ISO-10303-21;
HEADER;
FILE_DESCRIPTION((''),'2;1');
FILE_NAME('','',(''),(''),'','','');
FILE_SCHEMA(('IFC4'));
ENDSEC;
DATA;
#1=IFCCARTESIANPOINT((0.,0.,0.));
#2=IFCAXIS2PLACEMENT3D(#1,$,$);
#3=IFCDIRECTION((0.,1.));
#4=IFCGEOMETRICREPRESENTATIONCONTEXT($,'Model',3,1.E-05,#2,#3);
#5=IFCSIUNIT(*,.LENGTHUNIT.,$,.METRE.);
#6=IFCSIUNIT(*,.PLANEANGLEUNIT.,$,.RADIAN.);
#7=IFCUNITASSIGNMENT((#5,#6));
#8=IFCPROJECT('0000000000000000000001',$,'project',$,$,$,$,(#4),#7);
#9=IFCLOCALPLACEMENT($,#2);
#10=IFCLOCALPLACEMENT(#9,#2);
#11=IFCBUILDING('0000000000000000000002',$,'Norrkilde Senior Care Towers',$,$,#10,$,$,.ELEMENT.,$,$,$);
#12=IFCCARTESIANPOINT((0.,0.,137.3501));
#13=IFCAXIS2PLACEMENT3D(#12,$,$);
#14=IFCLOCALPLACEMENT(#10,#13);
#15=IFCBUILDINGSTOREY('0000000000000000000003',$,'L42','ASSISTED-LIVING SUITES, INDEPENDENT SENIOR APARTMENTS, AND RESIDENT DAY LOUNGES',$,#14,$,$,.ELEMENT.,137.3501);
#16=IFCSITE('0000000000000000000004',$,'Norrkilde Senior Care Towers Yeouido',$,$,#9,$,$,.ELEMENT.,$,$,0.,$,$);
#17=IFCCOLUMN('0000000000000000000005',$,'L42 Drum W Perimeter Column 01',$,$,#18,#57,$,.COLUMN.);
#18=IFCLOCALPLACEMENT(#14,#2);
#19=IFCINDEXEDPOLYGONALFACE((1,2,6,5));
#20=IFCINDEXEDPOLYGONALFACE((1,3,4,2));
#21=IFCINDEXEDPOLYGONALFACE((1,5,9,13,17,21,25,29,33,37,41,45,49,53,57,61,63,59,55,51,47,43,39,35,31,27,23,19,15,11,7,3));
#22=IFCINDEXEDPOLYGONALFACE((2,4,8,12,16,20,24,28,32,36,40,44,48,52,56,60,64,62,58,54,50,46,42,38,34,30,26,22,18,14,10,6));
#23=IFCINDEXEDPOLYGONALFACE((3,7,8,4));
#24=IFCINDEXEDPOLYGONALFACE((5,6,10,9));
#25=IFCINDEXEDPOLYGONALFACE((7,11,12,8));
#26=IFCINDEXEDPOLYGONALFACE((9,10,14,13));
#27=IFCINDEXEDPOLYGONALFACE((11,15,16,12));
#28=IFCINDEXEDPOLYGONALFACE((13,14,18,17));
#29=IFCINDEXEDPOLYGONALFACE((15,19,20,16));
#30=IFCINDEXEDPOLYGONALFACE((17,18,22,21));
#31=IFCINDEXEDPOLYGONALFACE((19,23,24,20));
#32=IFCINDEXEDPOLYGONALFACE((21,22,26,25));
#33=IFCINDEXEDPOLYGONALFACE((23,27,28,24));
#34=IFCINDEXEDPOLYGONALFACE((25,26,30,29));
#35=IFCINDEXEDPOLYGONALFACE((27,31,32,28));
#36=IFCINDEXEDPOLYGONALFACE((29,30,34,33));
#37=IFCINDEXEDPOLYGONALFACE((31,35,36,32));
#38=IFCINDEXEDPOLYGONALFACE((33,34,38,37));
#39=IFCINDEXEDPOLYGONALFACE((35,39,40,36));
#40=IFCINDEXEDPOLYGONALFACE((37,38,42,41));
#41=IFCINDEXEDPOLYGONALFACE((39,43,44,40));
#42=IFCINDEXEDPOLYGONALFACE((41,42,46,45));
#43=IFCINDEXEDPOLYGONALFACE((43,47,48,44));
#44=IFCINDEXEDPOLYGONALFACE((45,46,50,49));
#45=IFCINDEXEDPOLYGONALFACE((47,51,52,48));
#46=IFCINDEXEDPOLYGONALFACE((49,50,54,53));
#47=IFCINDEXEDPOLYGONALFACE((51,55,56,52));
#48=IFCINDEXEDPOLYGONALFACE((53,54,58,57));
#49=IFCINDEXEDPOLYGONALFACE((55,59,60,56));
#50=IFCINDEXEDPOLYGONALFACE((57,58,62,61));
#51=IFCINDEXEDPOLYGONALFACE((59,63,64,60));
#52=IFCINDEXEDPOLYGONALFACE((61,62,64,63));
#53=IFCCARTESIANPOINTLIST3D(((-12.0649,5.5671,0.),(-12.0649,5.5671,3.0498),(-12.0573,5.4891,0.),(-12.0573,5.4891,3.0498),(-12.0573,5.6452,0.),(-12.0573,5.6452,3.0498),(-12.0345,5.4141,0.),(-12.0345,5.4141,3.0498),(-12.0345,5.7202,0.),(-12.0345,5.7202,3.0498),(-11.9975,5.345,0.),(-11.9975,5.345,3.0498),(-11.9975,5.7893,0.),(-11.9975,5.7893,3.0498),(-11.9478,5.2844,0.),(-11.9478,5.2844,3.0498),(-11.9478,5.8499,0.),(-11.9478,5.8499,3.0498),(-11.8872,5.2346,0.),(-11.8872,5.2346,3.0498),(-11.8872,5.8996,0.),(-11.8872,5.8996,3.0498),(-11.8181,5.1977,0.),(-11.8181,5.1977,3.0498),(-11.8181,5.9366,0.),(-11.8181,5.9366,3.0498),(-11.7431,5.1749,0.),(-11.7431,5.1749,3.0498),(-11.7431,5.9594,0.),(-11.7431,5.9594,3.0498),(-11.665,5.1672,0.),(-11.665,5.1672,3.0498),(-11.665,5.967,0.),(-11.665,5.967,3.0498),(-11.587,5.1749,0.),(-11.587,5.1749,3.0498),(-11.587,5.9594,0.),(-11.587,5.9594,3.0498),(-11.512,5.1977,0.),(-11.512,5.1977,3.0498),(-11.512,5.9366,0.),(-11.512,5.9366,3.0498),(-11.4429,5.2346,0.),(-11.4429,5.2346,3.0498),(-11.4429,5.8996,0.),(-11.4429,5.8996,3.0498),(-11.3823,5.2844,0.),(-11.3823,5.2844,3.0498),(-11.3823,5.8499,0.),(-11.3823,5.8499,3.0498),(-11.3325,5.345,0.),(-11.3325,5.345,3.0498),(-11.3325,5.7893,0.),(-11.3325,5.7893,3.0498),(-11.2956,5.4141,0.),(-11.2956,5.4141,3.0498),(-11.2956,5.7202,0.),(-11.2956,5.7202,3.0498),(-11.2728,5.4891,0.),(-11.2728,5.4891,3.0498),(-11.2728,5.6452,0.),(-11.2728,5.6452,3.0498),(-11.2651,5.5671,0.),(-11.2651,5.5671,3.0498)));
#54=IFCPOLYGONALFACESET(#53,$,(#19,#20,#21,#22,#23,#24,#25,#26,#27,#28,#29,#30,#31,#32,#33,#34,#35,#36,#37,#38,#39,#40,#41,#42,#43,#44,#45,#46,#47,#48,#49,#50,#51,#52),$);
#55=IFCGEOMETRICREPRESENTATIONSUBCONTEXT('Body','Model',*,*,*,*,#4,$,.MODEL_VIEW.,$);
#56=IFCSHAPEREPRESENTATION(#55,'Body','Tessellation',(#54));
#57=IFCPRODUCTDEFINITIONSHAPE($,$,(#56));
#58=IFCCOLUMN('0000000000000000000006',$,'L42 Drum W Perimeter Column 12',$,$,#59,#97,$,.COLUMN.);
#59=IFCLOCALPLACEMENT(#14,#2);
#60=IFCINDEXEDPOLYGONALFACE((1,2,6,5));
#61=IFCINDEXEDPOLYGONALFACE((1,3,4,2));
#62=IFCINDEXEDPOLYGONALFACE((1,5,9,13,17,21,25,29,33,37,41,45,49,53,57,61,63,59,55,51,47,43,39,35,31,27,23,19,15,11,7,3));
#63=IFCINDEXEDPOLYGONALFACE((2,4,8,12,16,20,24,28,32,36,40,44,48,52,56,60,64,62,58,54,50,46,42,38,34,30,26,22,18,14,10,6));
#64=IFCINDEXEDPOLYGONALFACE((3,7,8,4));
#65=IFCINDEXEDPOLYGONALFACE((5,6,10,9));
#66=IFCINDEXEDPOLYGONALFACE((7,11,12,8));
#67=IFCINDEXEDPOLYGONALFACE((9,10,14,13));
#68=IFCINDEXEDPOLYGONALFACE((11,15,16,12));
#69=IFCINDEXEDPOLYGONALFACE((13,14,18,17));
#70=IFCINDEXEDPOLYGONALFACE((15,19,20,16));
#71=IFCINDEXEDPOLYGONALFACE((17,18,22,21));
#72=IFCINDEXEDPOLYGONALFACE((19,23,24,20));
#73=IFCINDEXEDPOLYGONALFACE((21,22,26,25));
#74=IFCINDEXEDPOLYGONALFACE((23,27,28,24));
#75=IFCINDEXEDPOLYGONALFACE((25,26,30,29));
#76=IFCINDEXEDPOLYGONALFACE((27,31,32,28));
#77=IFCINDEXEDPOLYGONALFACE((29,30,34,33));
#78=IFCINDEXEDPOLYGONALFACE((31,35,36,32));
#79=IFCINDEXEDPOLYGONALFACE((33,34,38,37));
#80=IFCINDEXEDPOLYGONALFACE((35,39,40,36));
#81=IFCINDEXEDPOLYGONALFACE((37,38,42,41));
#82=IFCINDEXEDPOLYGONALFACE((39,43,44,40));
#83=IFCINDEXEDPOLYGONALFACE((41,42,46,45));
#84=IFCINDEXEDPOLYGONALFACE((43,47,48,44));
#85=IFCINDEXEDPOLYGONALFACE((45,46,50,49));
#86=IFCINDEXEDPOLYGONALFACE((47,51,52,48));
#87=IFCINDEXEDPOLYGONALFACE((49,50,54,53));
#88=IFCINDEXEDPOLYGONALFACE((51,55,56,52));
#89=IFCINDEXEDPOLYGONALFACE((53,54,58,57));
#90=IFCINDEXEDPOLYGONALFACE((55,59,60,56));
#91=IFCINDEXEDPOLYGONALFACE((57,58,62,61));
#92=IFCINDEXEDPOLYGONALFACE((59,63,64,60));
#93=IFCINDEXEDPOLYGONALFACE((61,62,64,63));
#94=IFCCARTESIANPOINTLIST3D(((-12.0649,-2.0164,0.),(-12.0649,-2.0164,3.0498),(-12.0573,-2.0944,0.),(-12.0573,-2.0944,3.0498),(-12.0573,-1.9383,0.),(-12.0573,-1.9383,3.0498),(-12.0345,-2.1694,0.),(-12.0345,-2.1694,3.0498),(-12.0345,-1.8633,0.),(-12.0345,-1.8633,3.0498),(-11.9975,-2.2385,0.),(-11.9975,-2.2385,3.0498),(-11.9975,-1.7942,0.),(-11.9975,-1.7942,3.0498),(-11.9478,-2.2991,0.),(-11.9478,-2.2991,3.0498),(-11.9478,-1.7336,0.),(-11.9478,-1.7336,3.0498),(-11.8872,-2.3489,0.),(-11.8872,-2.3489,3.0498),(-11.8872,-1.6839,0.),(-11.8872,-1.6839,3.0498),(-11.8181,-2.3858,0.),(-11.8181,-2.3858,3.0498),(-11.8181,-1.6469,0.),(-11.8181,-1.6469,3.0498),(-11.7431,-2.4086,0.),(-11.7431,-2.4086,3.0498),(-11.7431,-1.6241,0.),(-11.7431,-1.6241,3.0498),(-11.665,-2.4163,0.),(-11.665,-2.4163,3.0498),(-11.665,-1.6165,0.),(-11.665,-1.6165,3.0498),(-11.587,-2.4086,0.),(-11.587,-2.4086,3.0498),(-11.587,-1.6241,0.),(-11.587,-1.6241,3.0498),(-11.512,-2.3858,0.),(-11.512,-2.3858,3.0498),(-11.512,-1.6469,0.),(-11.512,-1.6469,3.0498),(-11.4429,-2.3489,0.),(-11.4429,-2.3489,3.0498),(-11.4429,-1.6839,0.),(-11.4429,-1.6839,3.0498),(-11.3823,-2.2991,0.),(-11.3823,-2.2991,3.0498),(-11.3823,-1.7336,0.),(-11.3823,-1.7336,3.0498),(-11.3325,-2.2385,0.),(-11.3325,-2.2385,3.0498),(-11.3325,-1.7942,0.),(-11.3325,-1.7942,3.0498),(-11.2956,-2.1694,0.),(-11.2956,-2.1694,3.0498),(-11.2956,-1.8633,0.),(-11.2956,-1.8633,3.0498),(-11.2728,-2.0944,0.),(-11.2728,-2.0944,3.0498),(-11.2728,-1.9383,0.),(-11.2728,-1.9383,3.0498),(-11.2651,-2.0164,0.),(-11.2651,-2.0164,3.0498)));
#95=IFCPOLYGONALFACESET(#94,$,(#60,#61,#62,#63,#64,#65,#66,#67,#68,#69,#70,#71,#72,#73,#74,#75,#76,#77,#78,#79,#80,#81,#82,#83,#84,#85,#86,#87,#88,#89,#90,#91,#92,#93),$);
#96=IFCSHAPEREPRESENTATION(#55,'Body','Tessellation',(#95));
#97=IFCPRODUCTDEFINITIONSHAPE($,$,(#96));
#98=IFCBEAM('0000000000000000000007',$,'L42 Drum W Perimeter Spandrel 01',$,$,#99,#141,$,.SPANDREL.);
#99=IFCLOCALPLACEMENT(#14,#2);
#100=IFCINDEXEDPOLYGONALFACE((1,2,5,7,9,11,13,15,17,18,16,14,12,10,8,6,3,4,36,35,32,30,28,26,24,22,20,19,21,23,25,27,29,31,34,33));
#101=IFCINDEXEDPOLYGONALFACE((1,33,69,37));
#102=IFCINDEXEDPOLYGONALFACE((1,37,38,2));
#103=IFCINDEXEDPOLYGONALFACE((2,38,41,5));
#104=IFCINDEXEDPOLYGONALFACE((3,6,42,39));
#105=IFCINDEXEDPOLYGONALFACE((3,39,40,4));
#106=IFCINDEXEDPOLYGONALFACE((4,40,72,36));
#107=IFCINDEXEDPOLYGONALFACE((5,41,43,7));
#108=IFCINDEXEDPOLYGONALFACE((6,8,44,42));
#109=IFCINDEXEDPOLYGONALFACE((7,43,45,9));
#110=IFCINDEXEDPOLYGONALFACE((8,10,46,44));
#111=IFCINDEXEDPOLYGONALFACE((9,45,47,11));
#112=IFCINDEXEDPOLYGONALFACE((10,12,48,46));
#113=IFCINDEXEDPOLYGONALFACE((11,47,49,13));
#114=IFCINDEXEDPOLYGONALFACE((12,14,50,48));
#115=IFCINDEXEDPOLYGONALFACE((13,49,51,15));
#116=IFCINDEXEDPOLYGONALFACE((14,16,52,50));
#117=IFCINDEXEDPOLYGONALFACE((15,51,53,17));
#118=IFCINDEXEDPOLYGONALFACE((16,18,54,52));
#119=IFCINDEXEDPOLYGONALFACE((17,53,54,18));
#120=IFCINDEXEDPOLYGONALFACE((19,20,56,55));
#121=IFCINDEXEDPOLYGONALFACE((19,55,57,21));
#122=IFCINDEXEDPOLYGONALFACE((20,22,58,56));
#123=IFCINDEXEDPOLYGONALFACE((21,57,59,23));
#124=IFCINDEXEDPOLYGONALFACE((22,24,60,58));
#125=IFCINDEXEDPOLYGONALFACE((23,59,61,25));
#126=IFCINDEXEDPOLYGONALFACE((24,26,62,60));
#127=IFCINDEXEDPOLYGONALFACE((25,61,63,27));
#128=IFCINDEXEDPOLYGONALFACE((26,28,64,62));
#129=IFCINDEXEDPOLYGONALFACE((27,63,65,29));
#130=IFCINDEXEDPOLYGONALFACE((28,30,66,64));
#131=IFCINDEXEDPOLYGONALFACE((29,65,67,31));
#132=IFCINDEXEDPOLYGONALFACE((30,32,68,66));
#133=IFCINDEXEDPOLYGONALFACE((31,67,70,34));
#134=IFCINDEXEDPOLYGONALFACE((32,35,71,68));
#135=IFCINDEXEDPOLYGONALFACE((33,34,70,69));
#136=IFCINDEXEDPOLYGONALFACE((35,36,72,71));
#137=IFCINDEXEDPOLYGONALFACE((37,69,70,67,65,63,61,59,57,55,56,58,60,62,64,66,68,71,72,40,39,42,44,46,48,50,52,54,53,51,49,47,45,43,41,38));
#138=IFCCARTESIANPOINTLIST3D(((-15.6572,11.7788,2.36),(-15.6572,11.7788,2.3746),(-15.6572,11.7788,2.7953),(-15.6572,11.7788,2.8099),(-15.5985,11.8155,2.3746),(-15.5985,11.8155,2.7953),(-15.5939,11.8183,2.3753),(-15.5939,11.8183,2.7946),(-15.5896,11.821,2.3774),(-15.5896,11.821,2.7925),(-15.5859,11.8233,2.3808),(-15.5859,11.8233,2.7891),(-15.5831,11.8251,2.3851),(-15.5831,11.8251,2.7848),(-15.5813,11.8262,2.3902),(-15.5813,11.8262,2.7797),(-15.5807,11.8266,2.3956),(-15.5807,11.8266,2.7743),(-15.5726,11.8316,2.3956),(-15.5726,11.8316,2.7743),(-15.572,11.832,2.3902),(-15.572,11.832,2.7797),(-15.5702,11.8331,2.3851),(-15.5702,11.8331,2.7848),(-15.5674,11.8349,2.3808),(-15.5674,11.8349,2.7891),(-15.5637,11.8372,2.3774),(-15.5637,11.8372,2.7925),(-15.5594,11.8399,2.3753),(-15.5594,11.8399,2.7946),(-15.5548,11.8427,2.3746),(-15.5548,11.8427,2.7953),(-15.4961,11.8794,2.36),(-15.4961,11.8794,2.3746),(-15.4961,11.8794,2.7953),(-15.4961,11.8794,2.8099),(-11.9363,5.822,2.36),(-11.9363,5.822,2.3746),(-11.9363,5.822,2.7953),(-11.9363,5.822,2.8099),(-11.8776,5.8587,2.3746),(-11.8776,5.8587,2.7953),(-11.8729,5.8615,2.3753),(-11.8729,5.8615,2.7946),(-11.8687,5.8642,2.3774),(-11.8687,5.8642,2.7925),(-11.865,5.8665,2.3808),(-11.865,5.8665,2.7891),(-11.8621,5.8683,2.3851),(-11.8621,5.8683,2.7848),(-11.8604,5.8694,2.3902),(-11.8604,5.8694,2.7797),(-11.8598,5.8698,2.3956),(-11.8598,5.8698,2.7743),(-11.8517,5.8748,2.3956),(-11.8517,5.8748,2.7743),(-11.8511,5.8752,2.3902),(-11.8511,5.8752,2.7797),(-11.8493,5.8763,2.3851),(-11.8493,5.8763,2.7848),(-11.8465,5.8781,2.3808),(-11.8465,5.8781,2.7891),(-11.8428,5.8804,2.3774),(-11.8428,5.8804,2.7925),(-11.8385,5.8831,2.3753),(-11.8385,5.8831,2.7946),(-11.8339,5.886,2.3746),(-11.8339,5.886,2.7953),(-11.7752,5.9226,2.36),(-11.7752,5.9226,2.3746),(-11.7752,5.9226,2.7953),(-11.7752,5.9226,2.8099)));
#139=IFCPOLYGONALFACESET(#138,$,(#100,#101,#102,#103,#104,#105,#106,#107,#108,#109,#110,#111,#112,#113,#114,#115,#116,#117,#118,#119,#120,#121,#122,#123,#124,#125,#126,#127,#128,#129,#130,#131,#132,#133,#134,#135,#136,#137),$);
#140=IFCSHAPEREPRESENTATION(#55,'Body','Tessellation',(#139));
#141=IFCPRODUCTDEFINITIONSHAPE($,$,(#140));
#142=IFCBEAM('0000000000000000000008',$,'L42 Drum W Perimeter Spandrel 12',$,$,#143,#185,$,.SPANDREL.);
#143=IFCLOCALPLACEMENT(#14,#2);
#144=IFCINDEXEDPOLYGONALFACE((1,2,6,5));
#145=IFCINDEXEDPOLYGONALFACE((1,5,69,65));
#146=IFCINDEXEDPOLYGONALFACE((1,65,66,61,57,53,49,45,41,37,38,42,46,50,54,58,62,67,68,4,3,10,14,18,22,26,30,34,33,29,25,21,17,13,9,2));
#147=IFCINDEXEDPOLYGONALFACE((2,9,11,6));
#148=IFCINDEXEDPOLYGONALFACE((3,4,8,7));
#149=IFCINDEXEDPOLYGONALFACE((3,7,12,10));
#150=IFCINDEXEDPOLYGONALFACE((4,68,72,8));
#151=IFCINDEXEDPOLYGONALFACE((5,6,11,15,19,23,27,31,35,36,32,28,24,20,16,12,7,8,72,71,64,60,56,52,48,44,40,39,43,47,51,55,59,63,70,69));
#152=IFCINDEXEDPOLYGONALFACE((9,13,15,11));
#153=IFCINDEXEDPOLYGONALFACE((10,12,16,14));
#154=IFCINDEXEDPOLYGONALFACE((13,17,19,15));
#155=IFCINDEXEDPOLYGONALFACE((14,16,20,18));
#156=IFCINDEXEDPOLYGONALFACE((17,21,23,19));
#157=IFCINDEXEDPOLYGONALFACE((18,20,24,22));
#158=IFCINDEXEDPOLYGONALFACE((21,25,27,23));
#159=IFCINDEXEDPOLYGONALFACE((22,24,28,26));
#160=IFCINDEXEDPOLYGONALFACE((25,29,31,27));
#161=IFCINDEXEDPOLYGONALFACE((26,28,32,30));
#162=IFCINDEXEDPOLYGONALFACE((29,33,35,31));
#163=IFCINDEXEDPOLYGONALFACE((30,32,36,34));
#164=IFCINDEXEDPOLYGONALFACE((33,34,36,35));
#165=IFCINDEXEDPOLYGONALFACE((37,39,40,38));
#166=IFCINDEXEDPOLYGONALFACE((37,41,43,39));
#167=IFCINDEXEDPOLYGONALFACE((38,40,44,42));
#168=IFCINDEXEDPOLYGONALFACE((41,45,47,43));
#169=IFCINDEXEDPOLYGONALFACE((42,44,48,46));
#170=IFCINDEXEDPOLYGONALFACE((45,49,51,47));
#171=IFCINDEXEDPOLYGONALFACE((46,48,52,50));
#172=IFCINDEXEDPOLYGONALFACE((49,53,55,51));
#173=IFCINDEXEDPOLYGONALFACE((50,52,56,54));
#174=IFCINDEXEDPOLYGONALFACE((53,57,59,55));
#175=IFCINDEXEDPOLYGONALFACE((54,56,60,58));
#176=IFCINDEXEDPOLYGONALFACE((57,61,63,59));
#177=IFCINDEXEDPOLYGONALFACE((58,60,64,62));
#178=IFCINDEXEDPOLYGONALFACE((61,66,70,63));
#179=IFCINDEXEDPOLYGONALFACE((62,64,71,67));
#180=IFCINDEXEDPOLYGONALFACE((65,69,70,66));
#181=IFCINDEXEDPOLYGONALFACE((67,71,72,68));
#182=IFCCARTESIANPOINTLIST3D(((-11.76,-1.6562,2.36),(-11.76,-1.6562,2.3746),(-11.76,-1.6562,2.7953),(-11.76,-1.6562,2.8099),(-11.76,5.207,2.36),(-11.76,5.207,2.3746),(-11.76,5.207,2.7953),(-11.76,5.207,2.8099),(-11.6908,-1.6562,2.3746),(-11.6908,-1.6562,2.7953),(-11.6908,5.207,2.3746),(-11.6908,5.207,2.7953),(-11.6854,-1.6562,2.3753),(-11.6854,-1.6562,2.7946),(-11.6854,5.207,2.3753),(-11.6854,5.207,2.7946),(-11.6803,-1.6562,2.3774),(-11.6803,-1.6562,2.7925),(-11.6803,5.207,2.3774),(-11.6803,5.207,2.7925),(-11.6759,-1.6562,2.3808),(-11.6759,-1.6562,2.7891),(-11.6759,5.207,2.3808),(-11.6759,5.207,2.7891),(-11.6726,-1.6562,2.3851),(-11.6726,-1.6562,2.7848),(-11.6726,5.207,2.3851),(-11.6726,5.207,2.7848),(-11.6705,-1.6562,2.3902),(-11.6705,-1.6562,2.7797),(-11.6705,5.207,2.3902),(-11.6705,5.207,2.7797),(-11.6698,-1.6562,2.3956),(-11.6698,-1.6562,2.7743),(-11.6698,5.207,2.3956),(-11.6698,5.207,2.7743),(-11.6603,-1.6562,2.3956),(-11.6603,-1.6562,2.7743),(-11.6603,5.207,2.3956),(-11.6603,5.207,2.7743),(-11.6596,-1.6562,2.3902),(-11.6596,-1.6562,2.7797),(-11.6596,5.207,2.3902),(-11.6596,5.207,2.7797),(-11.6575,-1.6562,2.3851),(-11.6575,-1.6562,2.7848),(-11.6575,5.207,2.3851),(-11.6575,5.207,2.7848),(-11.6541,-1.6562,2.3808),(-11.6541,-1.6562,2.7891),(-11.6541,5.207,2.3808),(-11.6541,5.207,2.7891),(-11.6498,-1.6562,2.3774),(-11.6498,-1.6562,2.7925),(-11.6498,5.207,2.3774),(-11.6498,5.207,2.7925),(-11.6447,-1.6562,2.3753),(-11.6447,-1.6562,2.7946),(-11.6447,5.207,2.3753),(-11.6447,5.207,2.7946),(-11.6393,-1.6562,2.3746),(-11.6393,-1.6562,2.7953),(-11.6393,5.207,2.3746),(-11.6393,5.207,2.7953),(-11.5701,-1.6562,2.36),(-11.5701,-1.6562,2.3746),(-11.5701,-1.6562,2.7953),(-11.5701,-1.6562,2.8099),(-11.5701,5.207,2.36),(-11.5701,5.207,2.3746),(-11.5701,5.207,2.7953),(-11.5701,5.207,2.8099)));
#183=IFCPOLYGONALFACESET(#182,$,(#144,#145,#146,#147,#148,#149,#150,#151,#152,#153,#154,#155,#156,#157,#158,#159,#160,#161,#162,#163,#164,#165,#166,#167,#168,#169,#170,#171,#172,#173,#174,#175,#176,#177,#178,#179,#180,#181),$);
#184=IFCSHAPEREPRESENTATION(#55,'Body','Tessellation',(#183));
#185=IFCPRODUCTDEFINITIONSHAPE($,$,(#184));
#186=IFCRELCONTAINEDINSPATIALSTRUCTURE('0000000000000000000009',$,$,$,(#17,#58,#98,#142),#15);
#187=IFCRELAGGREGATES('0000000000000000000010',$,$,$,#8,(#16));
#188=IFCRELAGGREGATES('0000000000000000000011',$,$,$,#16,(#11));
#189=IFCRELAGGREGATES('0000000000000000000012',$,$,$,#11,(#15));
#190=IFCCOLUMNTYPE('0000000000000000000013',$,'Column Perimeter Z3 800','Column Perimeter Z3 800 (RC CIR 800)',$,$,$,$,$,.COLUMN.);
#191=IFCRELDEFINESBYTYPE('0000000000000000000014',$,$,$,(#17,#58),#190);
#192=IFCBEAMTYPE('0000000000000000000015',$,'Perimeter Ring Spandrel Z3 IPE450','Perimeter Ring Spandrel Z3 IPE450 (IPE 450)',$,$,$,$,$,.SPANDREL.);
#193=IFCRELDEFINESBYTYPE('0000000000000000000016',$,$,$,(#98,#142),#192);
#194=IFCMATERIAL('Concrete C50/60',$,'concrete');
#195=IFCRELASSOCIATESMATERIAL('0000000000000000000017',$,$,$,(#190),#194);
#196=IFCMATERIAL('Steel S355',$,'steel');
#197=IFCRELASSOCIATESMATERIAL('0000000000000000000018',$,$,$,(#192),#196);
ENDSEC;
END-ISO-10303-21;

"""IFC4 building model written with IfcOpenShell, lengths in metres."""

from ifc_helpers import new_model, si_unit, direction, frame, origin, origin_2d, place, context, subcontext, project, spatial, circle, i_section, extrude, source, transform, mapped, material, material_profile, profile_set, type_object, type_shapes, element, save


model = new_model("IFC4")

# Units and contexts
model_context = context("Model", 3, precision=1e-05, world=origin(), true_north=direction((0.0, 1.0)))
body_context = subcontext(model_context, "Body", "Model", "MODEL_VIEW")
ifc_project = project(units=[si_unit("LENGTHUNIT", "METRE"), si_unit("PLANEANGLEUNIT", "RADIAN")], contexts=[model_context])

# Site, building, storey
site_placement = place(None, origin())
site = spatial("IfcSite", under=ifc_project, at=site_placement, Name="Norrkilde Senior Care Towers Yeouido", CompositionType="ELEMENT", RefElevation=0.0)
building_placement = place(site_placement, origin())
building = spatial("IfcBuilding", under=site, at=building_placement, Name="Norrkilde Senior Care Towers", CompositionType="ELEMENT")
storey_placement = place(building_placement, frame((0.0, 0.0, 137.3501)))
storey = spatial("IfcBuildingStorey", under=building, at=storey_placement, Name="L42", Description="ASSISTED-LIVING SUITES, INDEPENDENT SENIOR APARTMENTS, AND RESIDENT DAY LOUNGES", CompositionType="ELEMENT", Elevation=137.3501)

# Columns
ifc_material_1 = material(Name="Concrete C50/60", Category="concrete")
ifc_material_profile_1 = material_profile(ifc_material_1, circle(Radius=0.3999, at=origin_2d()), Name="RC CIR 800")
ifc_profile_set_1 = profile_set([ifc_material_profile_1], Name="Concrete C50/60")
column_type = type_object("IfcColumnType", Name="Column Perimeter Z3 800", Description="Column Perimeter Z3 800 (RC CIR 800)", PredefinedType="COLUMN", material=ifc_profile_set_1)
shared_shape_1 = source(origin(), body_context, "Body", "SweptSolid", [
    extrude(circle(Radius=0.3999, at=origin_2d()), origin(), (0.0, 0.0, 1.0), 3.0498),
])
type_shapes(column_type, [shared_shape_1])
for number, where, z_axis, x_axis, name in (
    (1, (-11.665, 5.5671, 0.0), (0.0, 0.0, 1.0), (1.0, 0.0, 0.0), "L42 Drum W Perimeter Column 01"),
    (2, (-11.665, -2.0164, 0.0), (0.0, 0.0, 1.0), (1.0, 0.0, 0.0), "L42 Drum W Perimeter Column 12"),
):
    element("IfcColumn", number, at=place(storey_placement, frame(where, z_axis=z_axis, x_axis=x_axis)), inside=storey, type_object=column_type, Name=name, PredefinedType="COLUMN", context=body_context, shape_type="MappedRepresentation", body=[
        mapped(shared_shape_1, transform((0.0, 0.0, 0.0), x_axis=(1.0, 0.0, 0.0), y_axis=(0.0, 1.0, 0.0), z_axis=(0.0, 0.0, 1.0), scale=1.0)),
    ])

# Beams
ifc_material_2 = material(Name="Steel S355", Category="steel")
ifc_material_profile_2 = material_profile(ifc_material_2, i_section(OverallWidth=0.1899, OverallDepth=0.45, WebThickness=0.0095, FlangeThickness=0.0146, FilletRadius=0.021, at=origin_2d()), Name="IPE 450")
ifc_profile_set_2 = profile_set([ifc_material_profile_2], Name="Steel S355")
beam_type = type_object("IfcBeamType", Name="Perimeter Ring Spandrel Z3 IPE450", Description="Perimeter Ring Spandrel Z3 IPE450 (IPE 450)", PredefinedType="SPANDREL", material=ifc_profile_set_2)
shared_shape_2 = source(origin(), body_context, "Body", "SweptSolid", [
    extrude(i_section(OverallWidth=0.1899, OverallDepth=0.45, WebThickness=0.0095, FlangeThickness=0.0146, FilletRadius=0.021, at=origin_2d()), origin(), (0.0, 0.0, 1.0), 7.0234),
])
beam_1_placement = place(storey_placement, frame((-11.8557, 5.8723, 2.585), z_axis=(-0.52979, 0.848129, 0.0), x_axis=(-0.848129, -0.52979, 0.0)))
element("IfcBeam", 3, at=beam_1_placement, inside=storey, type_object=beam_type, Name="L42 Drum W Perimeter Spandrel 01", PredefinedType="SPANDREL", context=body_context, shape_type="MappedRepresentation", body=[
    mapped(shared_shape_2, transform((0.0, 0.0, 0.0), x_axis=(1.0, 0.0, 0.0), y_axis=(0.0, 1.0, 0.0), z_axis=(0.0, 0.0, 1.0), scale=1.0)),
])
shared_shape_3 = source(origin(), body_context, "Body", "SweptSolid", [
    extrude(i_section(OverallWidth=0.1899, OverallDepth=0.45, WebThickness=0.0095, FlangeThickness=0.0146, FilletRadius=0.021, at=origin_2d()), origin(), (0.0, 0.0, 1.0), 6.8633),
])
type_shapes(beam_type, [shared_shape_2, shared_shape_3])
beam_2_placement = place(storey_placement, frame((-11.665, -1.6562, 2.585), z_axis=(0.0, 1.0, 0.0), x_axis=(-1.0, 0.0, 0.0)))
element("IfcBeam", 4, at=beam_2_placement, inside=storey, type_object=beam_type, Name="L42 Drum W Perimeter Spandrel 12", PredefinedType="SPANDREL", context=body_context, shape_type="MappedRepresentation", body=[
    mapped(shared_shape_3, transform((0.0, 0.0, 0.0), x_axis=(1.0, 0.0, 0.0), y_axis=(0.0, 1.0, 0.0), z_axis=(0.0, 0.0, 1.0), scale=1.0)),
])

save(model, "model.ifc")
